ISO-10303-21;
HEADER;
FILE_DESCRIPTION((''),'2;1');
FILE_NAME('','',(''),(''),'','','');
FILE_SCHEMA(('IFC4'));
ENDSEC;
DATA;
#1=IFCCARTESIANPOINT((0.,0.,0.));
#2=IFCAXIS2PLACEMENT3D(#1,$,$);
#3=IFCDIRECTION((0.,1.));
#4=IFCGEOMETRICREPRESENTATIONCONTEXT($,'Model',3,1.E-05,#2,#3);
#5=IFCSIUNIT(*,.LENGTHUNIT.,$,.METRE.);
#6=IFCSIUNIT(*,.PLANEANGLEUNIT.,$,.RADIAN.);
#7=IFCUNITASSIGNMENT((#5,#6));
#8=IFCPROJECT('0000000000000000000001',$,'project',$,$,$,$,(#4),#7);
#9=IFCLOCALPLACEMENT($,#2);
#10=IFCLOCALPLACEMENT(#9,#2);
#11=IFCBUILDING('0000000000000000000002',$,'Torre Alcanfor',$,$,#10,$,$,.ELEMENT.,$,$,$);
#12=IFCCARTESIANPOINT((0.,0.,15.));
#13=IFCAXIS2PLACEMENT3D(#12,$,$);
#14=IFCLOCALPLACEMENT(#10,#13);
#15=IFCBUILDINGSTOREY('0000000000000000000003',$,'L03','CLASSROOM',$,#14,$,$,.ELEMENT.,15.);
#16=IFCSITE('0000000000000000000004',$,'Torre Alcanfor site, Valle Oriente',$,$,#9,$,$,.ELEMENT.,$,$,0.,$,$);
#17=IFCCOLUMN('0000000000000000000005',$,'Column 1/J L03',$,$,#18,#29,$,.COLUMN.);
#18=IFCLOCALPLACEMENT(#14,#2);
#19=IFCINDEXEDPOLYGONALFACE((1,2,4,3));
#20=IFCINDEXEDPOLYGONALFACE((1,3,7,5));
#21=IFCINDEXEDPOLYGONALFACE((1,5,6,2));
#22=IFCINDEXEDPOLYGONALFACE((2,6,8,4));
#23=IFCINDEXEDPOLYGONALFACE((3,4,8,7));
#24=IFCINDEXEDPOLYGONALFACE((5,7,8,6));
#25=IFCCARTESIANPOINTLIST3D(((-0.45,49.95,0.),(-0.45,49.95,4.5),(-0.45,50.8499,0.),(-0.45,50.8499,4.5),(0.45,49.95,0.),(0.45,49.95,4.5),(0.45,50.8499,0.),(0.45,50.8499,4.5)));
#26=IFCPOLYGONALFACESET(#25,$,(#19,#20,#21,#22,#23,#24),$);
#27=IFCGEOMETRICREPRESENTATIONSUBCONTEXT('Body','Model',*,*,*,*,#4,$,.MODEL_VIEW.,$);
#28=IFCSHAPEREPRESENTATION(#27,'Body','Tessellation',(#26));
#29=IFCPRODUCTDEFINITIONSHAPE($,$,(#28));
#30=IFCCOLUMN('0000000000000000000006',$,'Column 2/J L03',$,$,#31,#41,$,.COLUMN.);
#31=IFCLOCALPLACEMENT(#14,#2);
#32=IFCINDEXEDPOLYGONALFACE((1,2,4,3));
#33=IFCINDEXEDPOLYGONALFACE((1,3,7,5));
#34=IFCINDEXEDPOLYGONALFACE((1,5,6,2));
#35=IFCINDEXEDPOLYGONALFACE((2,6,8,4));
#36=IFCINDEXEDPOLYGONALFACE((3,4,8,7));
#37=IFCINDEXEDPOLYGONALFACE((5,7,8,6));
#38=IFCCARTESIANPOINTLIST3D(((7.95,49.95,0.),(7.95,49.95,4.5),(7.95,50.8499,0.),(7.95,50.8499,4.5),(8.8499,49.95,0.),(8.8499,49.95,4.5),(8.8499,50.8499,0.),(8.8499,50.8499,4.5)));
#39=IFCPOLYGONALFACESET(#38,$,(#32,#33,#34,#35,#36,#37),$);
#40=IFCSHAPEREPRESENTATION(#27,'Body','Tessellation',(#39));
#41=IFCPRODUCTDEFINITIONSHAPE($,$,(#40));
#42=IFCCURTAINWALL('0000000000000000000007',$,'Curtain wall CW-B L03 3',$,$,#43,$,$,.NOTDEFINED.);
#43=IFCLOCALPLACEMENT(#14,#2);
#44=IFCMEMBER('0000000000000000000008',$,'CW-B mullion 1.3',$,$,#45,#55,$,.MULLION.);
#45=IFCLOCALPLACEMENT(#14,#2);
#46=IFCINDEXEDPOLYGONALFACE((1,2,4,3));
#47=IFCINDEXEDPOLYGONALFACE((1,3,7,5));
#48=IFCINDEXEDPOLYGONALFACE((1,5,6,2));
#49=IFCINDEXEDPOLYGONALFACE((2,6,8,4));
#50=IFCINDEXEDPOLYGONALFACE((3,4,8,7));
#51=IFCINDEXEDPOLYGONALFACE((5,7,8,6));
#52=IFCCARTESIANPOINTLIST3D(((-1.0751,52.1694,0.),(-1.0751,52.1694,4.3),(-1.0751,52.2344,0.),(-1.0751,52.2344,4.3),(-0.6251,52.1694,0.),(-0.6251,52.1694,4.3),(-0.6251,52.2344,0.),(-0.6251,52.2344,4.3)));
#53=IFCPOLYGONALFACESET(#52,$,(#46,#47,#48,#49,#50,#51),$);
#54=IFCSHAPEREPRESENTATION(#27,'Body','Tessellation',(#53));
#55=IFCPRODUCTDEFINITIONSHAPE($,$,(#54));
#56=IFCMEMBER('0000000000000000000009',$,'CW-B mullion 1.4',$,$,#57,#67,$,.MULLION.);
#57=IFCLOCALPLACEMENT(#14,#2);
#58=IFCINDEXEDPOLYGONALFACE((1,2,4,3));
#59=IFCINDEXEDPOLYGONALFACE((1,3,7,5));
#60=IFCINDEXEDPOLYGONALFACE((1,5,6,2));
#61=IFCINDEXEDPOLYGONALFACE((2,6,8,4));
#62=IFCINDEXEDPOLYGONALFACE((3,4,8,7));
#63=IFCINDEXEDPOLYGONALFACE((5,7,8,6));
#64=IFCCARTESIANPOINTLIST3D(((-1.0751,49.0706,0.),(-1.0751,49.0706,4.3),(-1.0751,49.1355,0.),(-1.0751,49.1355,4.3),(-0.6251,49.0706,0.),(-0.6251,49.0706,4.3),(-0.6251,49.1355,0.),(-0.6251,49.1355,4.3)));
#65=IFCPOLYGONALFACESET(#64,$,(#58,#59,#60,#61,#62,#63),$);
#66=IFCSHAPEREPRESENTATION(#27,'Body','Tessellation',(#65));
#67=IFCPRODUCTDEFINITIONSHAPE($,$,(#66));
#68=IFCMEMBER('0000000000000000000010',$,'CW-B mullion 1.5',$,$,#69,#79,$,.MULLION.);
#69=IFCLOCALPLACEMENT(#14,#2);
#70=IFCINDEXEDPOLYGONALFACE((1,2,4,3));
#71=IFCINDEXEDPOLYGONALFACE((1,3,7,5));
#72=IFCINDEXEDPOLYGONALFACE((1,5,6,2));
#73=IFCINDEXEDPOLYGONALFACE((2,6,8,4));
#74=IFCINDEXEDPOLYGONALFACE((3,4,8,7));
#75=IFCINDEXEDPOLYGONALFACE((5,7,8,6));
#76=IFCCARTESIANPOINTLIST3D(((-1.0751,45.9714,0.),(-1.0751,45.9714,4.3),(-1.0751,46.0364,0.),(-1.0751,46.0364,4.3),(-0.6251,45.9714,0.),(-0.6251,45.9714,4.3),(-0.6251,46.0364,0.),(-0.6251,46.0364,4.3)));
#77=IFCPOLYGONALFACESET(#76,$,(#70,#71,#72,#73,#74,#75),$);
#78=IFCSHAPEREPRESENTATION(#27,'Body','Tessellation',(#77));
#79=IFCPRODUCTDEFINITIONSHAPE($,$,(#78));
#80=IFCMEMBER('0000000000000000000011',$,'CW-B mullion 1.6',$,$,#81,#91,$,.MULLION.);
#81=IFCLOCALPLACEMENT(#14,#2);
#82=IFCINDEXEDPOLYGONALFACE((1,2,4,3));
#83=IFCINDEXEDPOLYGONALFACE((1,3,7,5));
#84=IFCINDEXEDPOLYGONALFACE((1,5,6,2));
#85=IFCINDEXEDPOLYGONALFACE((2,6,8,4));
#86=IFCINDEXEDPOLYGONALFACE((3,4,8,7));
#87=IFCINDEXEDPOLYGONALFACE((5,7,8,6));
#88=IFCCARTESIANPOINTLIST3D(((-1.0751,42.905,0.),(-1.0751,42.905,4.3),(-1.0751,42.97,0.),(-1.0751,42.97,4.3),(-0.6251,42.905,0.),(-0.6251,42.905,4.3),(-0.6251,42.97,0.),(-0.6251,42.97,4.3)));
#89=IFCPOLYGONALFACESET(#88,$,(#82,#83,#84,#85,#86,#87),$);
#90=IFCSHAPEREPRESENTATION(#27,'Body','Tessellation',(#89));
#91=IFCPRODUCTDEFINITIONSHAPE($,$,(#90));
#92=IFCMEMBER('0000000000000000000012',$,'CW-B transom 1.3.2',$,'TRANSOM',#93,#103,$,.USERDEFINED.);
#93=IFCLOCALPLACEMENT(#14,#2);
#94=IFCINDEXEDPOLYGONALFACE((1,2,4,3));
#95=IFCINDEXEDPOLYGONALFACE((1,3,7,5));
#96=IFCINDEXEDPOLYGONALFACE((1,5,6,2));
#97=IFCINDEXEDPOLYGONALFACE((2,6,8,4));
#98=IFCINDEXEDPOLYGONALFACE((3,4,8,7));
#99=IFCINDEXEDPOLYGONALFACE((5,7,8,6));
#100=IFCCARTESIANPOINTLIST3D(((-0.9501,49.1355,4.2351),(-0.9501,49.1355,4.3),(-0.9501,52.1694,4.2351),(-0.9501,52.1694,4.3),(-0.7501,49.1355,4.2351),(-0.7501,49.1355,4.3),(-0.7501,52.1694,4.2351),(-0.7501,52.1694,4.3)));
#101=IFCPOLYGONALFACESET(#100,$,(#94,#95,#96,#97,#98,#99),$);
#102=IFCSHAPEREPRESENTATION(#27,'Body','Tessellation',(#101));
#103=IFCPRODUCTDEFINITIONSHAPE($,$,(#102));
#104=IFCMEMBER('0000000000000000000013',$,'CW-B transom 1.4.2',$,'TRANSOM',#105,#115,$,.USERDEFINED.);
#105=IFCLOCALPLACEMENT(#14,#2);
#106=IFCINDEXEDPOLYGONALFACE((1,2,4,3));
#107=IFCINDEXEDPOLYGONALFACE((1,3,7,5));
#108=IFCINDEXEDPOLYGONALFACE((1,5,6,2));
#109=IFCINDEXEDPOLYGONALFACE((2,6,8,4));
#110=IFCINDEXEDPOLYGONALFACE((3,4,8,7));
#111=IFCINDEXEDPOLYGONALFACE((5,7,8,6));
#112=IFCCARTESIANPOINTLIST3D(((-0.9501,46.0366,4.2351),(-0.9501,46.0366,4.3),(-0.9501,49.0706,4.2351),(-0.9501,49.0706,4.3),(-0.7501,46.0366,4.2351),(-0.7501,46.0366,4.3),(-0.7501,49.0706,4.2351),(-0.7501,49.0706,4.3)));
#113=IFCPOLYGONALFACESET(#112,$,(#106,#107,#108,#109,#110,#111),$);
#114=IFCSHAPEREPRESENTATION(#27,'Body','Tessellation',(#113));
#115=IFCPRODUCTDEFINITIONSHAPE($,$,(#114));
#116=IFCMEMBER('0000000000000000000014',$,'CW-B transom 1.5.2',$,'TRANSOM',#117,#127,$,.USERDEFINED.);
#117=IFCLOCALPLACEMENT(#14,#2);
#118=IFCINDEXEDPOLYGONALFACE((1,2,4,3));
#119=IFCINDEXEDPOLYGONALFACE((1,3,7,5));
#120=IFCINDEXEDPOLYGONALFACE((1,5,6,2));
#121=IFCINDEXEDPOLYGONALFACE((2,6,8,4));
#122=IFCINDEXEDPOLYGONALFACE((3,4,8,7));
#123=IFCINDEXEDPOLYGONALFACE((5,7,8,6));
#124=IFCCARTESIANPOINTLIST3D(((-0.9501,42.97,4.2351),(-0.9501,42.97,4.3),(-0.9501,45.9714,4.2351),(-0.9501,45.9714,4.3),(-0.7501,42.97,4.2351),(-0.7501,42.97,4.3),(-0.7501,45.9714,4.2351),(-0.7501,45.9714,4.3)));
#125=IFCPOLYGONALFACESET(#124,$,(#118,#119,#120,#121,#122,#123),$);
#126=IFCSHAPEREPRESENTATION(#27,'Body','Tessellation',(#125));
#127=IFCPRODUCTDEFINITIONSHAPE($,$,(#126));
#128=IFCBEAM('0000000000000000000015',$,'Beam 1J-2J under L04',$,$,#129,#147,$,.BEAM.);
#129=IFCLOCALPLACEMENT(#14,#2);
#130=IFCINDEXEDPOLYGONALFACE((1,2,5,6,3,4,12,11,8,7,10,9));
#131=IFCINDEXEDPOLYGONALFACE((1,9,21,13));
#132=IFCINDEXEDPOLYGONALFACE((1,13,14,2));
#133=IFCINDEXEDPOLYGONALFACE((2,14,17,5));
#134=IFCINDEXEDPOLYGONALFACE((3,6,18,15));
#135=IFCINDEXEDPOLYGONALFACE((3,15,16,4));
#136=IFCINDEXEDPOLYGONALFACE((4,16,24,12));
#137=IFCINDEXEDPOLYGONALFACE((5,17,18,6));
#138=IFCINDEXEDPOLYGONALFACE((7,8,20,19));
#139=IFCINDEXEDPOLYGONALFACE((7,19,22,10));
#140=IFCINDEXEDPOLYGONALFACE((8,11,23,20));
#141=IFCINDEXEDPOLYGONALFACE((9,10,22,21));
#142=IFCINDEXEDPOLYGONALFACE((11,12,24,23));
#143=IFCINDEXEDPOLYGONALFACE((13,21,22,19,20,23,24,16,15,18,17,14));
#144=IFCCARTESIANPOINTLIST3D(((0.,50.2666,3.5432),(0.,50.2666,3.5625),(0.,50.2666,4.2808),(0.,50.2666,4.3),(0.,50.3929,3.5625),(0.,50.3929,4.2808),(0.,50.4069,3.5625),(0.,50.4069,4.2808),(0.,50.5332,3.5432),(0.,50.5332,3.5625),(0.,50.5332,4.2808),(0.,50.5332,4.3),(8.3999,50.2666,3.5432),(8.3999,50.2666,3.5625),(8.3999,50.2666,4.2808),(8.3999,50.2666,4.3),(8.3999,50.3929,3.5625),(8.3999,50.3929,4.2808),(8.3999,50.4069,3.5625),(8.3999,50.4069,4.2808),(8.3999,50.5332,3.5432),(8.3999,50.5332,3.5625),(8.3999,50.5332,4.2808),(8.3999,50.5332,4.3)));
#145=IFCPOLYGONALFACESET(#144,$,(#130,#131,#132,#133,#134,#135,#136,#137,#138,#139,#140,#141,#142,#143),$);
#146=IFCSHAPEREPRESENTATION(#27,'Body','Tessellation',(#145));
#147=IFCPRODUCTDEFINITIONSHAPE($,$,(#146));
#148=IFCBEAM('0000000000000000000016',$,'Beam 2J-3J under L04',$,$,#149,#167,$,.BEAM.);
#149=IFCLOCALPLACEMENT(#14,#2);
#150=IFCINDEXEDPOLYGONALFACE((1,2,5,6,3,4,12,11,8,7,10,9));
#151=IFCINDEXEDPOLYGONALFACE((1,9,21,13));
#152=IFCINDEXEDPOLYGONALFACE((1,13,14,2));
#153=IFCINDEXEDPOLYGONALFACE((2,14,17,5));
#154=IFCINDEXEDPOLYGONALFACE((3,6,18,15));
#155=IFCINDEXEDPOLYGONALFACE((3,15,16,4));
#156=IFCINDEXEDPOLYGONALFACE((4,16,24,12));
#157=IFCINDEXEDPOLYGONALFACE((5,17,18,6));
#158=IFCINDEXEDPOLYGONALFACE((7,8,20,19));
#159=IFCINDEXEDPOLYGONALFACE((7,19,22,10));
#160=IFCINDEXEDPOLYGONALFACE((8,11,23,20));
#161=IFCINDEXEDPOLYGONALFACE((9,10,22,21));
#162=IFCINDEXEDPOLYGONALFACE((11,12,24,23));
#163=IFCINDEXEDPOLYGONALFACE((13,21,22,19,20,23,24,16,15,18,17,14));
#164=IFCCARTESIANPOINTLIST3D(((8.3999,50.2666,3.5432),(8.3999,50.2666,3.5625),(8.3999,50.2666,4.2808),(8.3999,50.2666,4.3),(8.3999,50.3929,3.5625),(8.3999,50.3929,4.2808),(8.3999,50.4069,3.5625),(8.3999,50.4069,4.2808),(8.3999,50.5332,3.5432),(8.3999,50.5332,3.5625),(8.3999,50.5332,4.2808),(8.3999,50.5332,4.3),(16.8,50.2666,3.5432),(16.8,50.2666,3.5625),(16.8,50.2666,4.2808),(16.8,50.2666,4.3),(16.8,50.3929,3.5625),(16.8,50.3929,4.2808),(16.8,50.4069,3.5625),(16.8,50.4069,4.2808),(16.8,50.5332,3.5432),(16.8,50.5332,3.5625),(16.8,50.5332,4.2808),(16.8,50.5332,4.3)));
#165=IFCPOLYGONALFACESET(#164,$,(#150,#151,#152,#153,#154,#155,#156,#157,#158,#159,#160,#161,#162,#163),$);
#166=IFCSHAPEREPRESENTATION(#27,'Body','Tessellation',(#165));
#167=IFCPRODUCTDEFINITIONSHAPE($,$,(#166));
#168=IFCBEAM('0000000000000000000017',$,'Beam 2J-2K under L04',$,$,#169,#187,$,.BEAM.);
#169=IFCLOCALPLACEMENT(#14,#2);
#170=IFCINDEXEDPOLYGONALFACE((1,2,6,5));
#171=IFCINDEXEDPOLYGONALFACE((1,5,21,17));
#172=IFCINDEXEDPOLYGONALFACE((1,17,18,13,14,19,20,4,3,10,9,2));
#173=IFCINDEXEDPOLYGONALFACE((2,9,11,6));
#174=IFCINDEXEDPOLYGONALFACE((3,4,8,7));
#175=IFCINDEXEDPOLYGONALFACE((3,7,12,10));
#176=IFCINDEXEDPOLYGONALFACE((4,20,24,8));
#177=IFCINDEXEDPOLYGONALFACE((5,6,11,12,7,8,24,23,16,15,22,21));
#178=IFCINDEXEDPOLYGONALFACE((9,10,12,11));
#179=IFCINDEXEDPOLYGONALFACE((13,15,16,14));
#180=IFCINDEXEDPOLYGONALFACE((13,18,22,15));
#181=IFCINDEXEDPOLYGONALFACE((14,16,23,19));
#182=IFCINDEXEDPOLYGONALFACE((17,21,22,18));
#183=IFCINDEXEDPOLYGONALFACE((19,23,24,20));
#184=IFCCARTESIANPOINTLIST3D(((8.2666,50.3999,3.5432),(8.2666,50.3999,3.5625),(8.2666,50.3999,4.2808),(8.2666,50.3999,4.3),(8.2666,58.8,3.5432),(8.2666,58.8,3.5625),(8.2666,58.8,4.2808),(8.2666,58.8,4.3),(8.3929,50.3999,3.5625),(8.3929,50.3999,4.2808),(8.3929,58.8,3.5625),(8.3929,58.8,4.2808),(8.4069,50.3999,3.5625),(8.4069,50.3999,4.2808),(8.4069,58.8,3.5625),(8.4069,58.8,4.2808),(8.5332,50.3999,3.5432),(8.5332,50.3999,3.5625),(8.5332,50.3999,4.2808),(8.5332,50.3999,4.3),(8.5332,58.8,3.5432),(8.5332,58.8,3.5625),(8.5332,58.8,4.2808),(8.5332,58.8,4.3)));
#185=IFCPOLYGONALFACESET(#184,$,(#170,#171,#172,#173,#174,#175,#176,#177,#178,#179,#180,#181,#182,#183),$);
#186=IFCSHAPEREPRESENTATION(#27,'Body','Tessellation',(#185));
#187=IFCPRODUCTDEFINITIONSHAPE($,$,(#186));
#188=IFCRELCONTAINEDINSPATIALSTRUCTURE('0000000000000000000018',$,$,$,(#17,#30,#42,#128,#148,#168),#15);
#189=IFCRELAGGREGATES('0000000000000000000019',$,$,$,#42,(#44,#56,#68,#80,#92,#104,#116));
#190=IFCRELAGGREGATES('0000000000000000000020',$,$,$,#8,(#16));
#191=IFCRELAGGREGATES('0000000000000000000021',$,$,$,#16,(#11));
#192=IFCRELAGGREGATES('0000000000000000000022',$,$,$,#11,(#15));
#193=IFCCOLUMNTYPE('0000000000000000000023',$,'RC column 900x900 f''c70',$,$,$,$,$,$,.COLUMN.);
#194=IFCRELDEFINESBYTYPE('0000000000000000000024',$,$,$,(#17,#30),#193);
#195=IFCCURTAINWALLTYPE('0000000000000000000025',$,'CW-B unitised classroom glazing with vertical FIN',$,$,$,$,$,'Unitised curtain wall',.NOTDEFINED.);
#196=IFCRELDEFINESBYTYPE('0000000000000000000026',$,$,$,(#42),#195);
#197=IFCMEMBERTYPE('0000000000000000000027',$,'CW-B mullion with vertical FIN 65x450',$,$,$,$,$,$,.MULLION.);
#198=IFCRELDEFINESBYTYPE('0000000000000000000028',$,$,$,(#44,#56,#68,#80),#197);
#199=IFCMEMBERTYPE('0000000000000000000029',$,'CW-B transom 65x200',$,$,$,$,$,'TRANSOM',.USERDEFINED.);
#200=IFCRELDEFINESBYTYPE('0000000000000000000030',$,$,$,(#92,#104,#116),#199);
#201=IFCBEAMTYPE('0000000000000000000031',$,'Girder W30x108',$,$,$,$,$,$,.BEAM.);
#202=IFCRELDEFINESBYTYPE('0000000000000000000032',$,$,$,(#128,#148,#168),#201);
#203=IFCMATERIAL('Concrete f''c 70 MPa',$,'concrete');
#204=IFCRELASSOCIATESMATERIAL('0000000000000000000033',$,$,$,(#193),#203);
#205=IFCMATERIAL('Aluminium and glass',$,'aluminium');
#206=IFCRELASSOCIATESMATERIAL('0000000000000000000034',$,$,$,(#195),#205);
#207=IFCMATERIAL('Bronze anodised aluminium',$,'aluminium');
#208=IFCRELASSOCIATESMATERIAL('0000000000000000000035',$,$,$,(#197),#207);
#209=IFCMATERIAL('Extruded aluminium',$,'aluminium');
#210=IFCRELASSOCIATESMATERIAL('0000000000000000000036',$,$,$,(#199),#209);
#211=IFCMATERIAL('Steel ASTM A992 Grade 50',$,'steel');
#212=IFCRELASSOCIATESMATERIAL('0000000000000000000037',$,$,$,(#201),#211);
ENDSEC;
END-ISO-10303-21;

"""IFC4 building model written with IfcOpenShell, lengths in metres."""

from ifc_helpers import new_model, si_unit, direction, frame, origin, origin_2d, place, context, subcontext, project, spatial, rectangle, i_section, extrude, material, material_profile, profile_set, type_object, element, aggregate, save


model = new_model("IFC4")

# Units and contexts
model_context = context("Model", 3, precision=1e-05, world=origin(), true_north=direction((0.0, 1.0)))
body_context = subcontext(model_context, "Body", "Model", "MODEL_VIEW")
ifc_project = project(units=[si_unit("LENGTHUNIT", "METRE"), si_unit("PLANEANGLEUNIT", "RADIAN")], contexts=[model_context])

# Site, building, storey
site_placement = place(None, origin())
site = spatial("IfcSite", under=ifc_project, at=site_placement, Name="Torre Alcanfor site, Valle Oriente", CompositionType="ELEMENT", RefElevation=0.0)
building_placement = place(site_placement, origin())
building = spatial("IfcBuilding", under=site, at=building_placement, Name="Torre Alcanfor", CompositionType="ELEMENT")
storey_placement = place(building_placement, frame((0.0, 0.0, 15.0)))
storey = spatial("IfcBuildingStorey", under=building, at=storey_placement, Name="L03", Description="CLASSROOM", CompositionType="ELEMENT", Elevation=15.0)

# Columns
ifc_material_1 = material(Name="Concrete f'c 70 MPa", Category="concrete")
ifc_material_profile_1 = material_profile(ifc_material_1, rectangle(XDim=0.8999, YDim=0.8999, at=origin_2d()), Name="900x900")
ifc_profile_set_1 = profile_set([ifc_material_profile_1], Name="Concrete f'c 70 MPa")
column_type = type_object("IfcColumnType", Name="RC column 900x900 f'c70", PredefinedType="COLUMN", material=ifc_profile_set_1)
for number, where, z_axis, x_axis, name in (
    (1, (0.0, 50.3999, 0.0), (0.0, 0.0, 1.0), (1.0, 0.0, 0.0), "Column 1/J L03"),
    (2, (8.3999, 50.3999, 0.0), (0.0, 0.0, 1.0), (1.0, 0.0, 0.0), "Column 2/J L03"),
):
    element("IfcColumn", number, at=place(storey_placement, frame(where, z_axis=z_axis, x_axis=x_axis)), inside=storey, type_object=column_type, Name=name, PredefinedType="COLUMN", context=body_context, shape_type="SweptSolid", body=[
        extrude(rectangle(XDim=0.8999, YDim=0.8999, at=origin_2d()), origin(), (0.0, 0.0, 1.0), 4.5),
    ])

# Curtain wall, members
ifc_material_2 = material(Name="Aluminium and glass", Category="aluminium")
curtain_wall_type = type_object("IfcCurtainWallType", Name="CW-B unitised classroom glazing with vertical FIN", ElementType="Unitised curtain wall", PredefinedType="NOTDEFINED", material=ifc_material_2)
curtain_wall_placement = place(storey_placement, origin())
curtain_wall = element("IfcCurtainWall", 3, at=curtain_wall_placement, inside=storey, type_object=curtain_wall_type, Name="Curtain wall CW-B L03 3", PredefinedType="NOTDEFINED")
ifc_material_3 = material(Name="Bronze anodised aluminium", Category="aluminium")
ifc_material_profile_2 = material_profile(ifc_material_3, rectangle(XDim=0.45, YDim=0.0649, at=origin_2d()), Name="CW-B mullion 65x450")
ifc_profile_set_2 = profile_set([ifc_material_profile_2], Name="Bronze anodised aluminium")
member_type_1 = type_object("IfcMemberType", Name="CW-B mullion with vertical FIN 65x450", PredefinedType="MULLION", material=ifc_profile_set_2)
member_1_placement = place(storey_placement, frame((-0.8501, 52.2019, 0.0), z_axis=(0.0, 0.0, 1.0), x_axis=(1.0, 0.0, 0.0)))
member_1 = element("IfcMember", 4, at=member_1_placement, type_object=member_type_1, Name="CW-B mullion 1.3", PredefinedType="MULLION", context=body_context, shape_type="SweptSolid", body=[
    extrude(rectangle(XDim=0.45, YDim=0.0649, at=origin_2d()), origin(), (0.0, 0.0, 1.0), 4.3),
])
member_2_placement = place(storey_placement, frame((-0.8501, 49.103, 0.0), z_axis=(0.0, 0.0, 1.0), x_axis=(1.0, 0.0, 0.0)))
member_2 = element("IfcMember", 5, at=member_2_placement, type_object=member_type_1, Name="CW-B mullion 1.4", PredefinedType="MULLION", context=body_context, shape_type="SweptSolid", body=[
    extrude(rectangle(XDim=0.45, YDim=0.0649, at=origin_2d()), origin(), (0.0, 0.0, 1.0), 4.3),
])
member_3_placement = place(storey_placement, frame((-0.8501, 46.0039, 0.0), z_axis=(0.0, 0.0, 1.0), x_axis=(1.0, 0.0, 0.0)))
member_3 = element("IfcMember", 6, at=member_3_placement, type_object=member_type_1, Name="CW-B mullion 1.5", PredefinedType="MULLION", context=body_context, shape_type="SweptSolid", body=[
    extrude(rectangle(XDim=0.45, YDim=0.0649, at=origin_2d()), origin(), (0.0, 0.0, 1.0), 4.3),
])
member_4_placement = place(storey_placement, frame((-0.8501, 42.9375, 0.0), z_axis=(0.0, 0.0, 1.0), x_axis=(1.0, 0.0, 0.0)))
member_4 = element("IfcMember", 7, at=member_4_placement, type_object=member_type_1, Name="CW-B mullion 1.6", PredefinedType="MULLION", context=body_context, shape_type="SweptSolid", body=[
    extrude(rectangle(XDim=0.45, YDim=0.0649, at=origin_2d()), origin(), (0.0, 0.0, 1.0), 4.3),
])
ifc_material_4 = material(Name="Extruded aluminium", Category="aluminium")
ifc_material_profile_3 = material_profile(ifc_material_4, rectangle(XDim=0.2, YDim=0.0649, at=origin_2d()), Name="CW-B transom 200x65")
ifc_profile_set_3 = profile_set([ifc_material_profile_3], Name="Extruded aluminium")
member_type_2 = type_object("IfcMemberType", Name="CW-B transom 65x200", ElementType="TRANSOM", PredefinedType="USERDEFINED", material=ifc_profile_set_3)
member_5_placement = place(storey_placement, frame((-0.8501, 52.1694, 4.2676), z_axis=(0.0, -1.0, 0.0), x_axis=(1.0, 0.0, 0.0)))
member_5 = element("IfcMember", 8, at=member_5_placement, type_object=member_type_2, Name="CW-B transom 1.3.2", ObjectType="TRANSOM", PredefinedType="USERDEFINED", context=body_context, shape_type="SweptSolid", body=[
    extrude(rectangle(XDim=0.2, YDim=0.0649, at=origin_2d()), origin(), (0.0, 0.0, 1.0), 3.0339),
])
member_6_placement = place(storey_placement, frame((-0.8501, 49.0706, 4.2676), z_axis=(0.0, -1.0, 0.0), x_axis=(1.0, 0.0, 0.0)))
member_6 = element("IfcMember", 9, at=member_6_placement, type_object=member_type_2, Name="CW-B transom 1.4.2", ObjectType="TRANSOM", PredefinedType="USERDEFINED", context=body_context, shape_type="SweptSolid", body=[
    extrude(rectangle(XDim=0.2, YDim=0.0649, at=origin_2d()), origin(), (0.0, 0.0, 1.0), 3.0339),
])
member_7_placement = place(storey_placement, frame((-0.8501, 45.9714, 4.2676), z_axis=(0.0, -1.0, 0.0), x_axis=(1.0, 0.0, 0.0)))
member_7 = element("IfcMember", 10, at=member_7_placement, type_object=member_type_2, Name="CW-B transom 1.5.2", ObjectType="TRANSOM", PredefinedType="USERDEFINED", context=body_context, shape_type="SweptSolid", body=[
    extrude(rectangle(XDim=0.2, YDim=0.0649, at=origin_2d()), origin(), (0.0, 0.0, 1.0), 3.0015),
])

# Beams
ifc_material_5 = material(Name="Steel ASTM A992 Grade 50", Category="steel")
ifc_material_profile_4 = material_profile(ifc_material_5, i_section(OverallWidth=0.2666, OverallDepth=0.7568, WebThickness=0.0139, FlangeThickness=0.0193, at=origin_2d()), Name="W30x108")
ifc_profile_set_4 = profile_set([ifc_material_profile_4], Name="Steel ASTM A992 Grade 50")
beam_type_1 = type_object("IfcBeamType", Name="Girder W30x108", PredefinedType="BEAM", material=ifc_profile_set_4)
beam_1_placement = place(storey_placement, frame((0.0, 50.3999, 3.9216), z_axis=(1.0, 0.0, 0.0), x_axis=(0.0, 1.0, 0.0)))
element("IfcBeam", 11, at=beam_1_placement, inside=storey, type_object=beam_type_1, Name="Beam 1J-2J under L04", PredefinedType="BEAM", context=body_context, shape_type="SweptSolid", body=[
    extrude(i_section(OverallWidth=0.2666, OverallDepth=0.7568, WebThickness=0.0139, FlangeThickness=0.0193, at=origin_2d()), origin(), (0.0, 0.0, 1.0), 8.3999),
])
for number, where, z_axis, x_axis, name in (
    (12, (8.3999, 50.3999, 3.9216), (1.0, 0.0, 0.0), (0.0, 1.0, 0.0), "Beam 2J-3J under L04"),
    (13, (8.3999, 50.3999, 3.9216), (0.0, 1.0, 0.0), (-1.0, 0.0, 0.0), "Beam 2J-2K under L04"),
):
    element("IfcBeam", number, at=place(storey_placement, frame(where, z_axis=z_axis, x_axis=x_axis)), inside=storey, type_object=beam_type_1, Name=name, PredefinedType="BEAM", context=body_context, shape_type="SweptSolid", body=[
        extrude(i_section(OverallWidth=0.2666, OverallDepth=0.7568, WebThickness=0.0139, FlangeThickness=0.0193, at=origin_2d()), origin(), (0.0, 0.0, 1.0), 8.4001),
    ])

aggregate(curtain_wall, [member_1, member_2, member_3, member_4, member_5, member_6, member_7])

save(model, "model.ifc")
